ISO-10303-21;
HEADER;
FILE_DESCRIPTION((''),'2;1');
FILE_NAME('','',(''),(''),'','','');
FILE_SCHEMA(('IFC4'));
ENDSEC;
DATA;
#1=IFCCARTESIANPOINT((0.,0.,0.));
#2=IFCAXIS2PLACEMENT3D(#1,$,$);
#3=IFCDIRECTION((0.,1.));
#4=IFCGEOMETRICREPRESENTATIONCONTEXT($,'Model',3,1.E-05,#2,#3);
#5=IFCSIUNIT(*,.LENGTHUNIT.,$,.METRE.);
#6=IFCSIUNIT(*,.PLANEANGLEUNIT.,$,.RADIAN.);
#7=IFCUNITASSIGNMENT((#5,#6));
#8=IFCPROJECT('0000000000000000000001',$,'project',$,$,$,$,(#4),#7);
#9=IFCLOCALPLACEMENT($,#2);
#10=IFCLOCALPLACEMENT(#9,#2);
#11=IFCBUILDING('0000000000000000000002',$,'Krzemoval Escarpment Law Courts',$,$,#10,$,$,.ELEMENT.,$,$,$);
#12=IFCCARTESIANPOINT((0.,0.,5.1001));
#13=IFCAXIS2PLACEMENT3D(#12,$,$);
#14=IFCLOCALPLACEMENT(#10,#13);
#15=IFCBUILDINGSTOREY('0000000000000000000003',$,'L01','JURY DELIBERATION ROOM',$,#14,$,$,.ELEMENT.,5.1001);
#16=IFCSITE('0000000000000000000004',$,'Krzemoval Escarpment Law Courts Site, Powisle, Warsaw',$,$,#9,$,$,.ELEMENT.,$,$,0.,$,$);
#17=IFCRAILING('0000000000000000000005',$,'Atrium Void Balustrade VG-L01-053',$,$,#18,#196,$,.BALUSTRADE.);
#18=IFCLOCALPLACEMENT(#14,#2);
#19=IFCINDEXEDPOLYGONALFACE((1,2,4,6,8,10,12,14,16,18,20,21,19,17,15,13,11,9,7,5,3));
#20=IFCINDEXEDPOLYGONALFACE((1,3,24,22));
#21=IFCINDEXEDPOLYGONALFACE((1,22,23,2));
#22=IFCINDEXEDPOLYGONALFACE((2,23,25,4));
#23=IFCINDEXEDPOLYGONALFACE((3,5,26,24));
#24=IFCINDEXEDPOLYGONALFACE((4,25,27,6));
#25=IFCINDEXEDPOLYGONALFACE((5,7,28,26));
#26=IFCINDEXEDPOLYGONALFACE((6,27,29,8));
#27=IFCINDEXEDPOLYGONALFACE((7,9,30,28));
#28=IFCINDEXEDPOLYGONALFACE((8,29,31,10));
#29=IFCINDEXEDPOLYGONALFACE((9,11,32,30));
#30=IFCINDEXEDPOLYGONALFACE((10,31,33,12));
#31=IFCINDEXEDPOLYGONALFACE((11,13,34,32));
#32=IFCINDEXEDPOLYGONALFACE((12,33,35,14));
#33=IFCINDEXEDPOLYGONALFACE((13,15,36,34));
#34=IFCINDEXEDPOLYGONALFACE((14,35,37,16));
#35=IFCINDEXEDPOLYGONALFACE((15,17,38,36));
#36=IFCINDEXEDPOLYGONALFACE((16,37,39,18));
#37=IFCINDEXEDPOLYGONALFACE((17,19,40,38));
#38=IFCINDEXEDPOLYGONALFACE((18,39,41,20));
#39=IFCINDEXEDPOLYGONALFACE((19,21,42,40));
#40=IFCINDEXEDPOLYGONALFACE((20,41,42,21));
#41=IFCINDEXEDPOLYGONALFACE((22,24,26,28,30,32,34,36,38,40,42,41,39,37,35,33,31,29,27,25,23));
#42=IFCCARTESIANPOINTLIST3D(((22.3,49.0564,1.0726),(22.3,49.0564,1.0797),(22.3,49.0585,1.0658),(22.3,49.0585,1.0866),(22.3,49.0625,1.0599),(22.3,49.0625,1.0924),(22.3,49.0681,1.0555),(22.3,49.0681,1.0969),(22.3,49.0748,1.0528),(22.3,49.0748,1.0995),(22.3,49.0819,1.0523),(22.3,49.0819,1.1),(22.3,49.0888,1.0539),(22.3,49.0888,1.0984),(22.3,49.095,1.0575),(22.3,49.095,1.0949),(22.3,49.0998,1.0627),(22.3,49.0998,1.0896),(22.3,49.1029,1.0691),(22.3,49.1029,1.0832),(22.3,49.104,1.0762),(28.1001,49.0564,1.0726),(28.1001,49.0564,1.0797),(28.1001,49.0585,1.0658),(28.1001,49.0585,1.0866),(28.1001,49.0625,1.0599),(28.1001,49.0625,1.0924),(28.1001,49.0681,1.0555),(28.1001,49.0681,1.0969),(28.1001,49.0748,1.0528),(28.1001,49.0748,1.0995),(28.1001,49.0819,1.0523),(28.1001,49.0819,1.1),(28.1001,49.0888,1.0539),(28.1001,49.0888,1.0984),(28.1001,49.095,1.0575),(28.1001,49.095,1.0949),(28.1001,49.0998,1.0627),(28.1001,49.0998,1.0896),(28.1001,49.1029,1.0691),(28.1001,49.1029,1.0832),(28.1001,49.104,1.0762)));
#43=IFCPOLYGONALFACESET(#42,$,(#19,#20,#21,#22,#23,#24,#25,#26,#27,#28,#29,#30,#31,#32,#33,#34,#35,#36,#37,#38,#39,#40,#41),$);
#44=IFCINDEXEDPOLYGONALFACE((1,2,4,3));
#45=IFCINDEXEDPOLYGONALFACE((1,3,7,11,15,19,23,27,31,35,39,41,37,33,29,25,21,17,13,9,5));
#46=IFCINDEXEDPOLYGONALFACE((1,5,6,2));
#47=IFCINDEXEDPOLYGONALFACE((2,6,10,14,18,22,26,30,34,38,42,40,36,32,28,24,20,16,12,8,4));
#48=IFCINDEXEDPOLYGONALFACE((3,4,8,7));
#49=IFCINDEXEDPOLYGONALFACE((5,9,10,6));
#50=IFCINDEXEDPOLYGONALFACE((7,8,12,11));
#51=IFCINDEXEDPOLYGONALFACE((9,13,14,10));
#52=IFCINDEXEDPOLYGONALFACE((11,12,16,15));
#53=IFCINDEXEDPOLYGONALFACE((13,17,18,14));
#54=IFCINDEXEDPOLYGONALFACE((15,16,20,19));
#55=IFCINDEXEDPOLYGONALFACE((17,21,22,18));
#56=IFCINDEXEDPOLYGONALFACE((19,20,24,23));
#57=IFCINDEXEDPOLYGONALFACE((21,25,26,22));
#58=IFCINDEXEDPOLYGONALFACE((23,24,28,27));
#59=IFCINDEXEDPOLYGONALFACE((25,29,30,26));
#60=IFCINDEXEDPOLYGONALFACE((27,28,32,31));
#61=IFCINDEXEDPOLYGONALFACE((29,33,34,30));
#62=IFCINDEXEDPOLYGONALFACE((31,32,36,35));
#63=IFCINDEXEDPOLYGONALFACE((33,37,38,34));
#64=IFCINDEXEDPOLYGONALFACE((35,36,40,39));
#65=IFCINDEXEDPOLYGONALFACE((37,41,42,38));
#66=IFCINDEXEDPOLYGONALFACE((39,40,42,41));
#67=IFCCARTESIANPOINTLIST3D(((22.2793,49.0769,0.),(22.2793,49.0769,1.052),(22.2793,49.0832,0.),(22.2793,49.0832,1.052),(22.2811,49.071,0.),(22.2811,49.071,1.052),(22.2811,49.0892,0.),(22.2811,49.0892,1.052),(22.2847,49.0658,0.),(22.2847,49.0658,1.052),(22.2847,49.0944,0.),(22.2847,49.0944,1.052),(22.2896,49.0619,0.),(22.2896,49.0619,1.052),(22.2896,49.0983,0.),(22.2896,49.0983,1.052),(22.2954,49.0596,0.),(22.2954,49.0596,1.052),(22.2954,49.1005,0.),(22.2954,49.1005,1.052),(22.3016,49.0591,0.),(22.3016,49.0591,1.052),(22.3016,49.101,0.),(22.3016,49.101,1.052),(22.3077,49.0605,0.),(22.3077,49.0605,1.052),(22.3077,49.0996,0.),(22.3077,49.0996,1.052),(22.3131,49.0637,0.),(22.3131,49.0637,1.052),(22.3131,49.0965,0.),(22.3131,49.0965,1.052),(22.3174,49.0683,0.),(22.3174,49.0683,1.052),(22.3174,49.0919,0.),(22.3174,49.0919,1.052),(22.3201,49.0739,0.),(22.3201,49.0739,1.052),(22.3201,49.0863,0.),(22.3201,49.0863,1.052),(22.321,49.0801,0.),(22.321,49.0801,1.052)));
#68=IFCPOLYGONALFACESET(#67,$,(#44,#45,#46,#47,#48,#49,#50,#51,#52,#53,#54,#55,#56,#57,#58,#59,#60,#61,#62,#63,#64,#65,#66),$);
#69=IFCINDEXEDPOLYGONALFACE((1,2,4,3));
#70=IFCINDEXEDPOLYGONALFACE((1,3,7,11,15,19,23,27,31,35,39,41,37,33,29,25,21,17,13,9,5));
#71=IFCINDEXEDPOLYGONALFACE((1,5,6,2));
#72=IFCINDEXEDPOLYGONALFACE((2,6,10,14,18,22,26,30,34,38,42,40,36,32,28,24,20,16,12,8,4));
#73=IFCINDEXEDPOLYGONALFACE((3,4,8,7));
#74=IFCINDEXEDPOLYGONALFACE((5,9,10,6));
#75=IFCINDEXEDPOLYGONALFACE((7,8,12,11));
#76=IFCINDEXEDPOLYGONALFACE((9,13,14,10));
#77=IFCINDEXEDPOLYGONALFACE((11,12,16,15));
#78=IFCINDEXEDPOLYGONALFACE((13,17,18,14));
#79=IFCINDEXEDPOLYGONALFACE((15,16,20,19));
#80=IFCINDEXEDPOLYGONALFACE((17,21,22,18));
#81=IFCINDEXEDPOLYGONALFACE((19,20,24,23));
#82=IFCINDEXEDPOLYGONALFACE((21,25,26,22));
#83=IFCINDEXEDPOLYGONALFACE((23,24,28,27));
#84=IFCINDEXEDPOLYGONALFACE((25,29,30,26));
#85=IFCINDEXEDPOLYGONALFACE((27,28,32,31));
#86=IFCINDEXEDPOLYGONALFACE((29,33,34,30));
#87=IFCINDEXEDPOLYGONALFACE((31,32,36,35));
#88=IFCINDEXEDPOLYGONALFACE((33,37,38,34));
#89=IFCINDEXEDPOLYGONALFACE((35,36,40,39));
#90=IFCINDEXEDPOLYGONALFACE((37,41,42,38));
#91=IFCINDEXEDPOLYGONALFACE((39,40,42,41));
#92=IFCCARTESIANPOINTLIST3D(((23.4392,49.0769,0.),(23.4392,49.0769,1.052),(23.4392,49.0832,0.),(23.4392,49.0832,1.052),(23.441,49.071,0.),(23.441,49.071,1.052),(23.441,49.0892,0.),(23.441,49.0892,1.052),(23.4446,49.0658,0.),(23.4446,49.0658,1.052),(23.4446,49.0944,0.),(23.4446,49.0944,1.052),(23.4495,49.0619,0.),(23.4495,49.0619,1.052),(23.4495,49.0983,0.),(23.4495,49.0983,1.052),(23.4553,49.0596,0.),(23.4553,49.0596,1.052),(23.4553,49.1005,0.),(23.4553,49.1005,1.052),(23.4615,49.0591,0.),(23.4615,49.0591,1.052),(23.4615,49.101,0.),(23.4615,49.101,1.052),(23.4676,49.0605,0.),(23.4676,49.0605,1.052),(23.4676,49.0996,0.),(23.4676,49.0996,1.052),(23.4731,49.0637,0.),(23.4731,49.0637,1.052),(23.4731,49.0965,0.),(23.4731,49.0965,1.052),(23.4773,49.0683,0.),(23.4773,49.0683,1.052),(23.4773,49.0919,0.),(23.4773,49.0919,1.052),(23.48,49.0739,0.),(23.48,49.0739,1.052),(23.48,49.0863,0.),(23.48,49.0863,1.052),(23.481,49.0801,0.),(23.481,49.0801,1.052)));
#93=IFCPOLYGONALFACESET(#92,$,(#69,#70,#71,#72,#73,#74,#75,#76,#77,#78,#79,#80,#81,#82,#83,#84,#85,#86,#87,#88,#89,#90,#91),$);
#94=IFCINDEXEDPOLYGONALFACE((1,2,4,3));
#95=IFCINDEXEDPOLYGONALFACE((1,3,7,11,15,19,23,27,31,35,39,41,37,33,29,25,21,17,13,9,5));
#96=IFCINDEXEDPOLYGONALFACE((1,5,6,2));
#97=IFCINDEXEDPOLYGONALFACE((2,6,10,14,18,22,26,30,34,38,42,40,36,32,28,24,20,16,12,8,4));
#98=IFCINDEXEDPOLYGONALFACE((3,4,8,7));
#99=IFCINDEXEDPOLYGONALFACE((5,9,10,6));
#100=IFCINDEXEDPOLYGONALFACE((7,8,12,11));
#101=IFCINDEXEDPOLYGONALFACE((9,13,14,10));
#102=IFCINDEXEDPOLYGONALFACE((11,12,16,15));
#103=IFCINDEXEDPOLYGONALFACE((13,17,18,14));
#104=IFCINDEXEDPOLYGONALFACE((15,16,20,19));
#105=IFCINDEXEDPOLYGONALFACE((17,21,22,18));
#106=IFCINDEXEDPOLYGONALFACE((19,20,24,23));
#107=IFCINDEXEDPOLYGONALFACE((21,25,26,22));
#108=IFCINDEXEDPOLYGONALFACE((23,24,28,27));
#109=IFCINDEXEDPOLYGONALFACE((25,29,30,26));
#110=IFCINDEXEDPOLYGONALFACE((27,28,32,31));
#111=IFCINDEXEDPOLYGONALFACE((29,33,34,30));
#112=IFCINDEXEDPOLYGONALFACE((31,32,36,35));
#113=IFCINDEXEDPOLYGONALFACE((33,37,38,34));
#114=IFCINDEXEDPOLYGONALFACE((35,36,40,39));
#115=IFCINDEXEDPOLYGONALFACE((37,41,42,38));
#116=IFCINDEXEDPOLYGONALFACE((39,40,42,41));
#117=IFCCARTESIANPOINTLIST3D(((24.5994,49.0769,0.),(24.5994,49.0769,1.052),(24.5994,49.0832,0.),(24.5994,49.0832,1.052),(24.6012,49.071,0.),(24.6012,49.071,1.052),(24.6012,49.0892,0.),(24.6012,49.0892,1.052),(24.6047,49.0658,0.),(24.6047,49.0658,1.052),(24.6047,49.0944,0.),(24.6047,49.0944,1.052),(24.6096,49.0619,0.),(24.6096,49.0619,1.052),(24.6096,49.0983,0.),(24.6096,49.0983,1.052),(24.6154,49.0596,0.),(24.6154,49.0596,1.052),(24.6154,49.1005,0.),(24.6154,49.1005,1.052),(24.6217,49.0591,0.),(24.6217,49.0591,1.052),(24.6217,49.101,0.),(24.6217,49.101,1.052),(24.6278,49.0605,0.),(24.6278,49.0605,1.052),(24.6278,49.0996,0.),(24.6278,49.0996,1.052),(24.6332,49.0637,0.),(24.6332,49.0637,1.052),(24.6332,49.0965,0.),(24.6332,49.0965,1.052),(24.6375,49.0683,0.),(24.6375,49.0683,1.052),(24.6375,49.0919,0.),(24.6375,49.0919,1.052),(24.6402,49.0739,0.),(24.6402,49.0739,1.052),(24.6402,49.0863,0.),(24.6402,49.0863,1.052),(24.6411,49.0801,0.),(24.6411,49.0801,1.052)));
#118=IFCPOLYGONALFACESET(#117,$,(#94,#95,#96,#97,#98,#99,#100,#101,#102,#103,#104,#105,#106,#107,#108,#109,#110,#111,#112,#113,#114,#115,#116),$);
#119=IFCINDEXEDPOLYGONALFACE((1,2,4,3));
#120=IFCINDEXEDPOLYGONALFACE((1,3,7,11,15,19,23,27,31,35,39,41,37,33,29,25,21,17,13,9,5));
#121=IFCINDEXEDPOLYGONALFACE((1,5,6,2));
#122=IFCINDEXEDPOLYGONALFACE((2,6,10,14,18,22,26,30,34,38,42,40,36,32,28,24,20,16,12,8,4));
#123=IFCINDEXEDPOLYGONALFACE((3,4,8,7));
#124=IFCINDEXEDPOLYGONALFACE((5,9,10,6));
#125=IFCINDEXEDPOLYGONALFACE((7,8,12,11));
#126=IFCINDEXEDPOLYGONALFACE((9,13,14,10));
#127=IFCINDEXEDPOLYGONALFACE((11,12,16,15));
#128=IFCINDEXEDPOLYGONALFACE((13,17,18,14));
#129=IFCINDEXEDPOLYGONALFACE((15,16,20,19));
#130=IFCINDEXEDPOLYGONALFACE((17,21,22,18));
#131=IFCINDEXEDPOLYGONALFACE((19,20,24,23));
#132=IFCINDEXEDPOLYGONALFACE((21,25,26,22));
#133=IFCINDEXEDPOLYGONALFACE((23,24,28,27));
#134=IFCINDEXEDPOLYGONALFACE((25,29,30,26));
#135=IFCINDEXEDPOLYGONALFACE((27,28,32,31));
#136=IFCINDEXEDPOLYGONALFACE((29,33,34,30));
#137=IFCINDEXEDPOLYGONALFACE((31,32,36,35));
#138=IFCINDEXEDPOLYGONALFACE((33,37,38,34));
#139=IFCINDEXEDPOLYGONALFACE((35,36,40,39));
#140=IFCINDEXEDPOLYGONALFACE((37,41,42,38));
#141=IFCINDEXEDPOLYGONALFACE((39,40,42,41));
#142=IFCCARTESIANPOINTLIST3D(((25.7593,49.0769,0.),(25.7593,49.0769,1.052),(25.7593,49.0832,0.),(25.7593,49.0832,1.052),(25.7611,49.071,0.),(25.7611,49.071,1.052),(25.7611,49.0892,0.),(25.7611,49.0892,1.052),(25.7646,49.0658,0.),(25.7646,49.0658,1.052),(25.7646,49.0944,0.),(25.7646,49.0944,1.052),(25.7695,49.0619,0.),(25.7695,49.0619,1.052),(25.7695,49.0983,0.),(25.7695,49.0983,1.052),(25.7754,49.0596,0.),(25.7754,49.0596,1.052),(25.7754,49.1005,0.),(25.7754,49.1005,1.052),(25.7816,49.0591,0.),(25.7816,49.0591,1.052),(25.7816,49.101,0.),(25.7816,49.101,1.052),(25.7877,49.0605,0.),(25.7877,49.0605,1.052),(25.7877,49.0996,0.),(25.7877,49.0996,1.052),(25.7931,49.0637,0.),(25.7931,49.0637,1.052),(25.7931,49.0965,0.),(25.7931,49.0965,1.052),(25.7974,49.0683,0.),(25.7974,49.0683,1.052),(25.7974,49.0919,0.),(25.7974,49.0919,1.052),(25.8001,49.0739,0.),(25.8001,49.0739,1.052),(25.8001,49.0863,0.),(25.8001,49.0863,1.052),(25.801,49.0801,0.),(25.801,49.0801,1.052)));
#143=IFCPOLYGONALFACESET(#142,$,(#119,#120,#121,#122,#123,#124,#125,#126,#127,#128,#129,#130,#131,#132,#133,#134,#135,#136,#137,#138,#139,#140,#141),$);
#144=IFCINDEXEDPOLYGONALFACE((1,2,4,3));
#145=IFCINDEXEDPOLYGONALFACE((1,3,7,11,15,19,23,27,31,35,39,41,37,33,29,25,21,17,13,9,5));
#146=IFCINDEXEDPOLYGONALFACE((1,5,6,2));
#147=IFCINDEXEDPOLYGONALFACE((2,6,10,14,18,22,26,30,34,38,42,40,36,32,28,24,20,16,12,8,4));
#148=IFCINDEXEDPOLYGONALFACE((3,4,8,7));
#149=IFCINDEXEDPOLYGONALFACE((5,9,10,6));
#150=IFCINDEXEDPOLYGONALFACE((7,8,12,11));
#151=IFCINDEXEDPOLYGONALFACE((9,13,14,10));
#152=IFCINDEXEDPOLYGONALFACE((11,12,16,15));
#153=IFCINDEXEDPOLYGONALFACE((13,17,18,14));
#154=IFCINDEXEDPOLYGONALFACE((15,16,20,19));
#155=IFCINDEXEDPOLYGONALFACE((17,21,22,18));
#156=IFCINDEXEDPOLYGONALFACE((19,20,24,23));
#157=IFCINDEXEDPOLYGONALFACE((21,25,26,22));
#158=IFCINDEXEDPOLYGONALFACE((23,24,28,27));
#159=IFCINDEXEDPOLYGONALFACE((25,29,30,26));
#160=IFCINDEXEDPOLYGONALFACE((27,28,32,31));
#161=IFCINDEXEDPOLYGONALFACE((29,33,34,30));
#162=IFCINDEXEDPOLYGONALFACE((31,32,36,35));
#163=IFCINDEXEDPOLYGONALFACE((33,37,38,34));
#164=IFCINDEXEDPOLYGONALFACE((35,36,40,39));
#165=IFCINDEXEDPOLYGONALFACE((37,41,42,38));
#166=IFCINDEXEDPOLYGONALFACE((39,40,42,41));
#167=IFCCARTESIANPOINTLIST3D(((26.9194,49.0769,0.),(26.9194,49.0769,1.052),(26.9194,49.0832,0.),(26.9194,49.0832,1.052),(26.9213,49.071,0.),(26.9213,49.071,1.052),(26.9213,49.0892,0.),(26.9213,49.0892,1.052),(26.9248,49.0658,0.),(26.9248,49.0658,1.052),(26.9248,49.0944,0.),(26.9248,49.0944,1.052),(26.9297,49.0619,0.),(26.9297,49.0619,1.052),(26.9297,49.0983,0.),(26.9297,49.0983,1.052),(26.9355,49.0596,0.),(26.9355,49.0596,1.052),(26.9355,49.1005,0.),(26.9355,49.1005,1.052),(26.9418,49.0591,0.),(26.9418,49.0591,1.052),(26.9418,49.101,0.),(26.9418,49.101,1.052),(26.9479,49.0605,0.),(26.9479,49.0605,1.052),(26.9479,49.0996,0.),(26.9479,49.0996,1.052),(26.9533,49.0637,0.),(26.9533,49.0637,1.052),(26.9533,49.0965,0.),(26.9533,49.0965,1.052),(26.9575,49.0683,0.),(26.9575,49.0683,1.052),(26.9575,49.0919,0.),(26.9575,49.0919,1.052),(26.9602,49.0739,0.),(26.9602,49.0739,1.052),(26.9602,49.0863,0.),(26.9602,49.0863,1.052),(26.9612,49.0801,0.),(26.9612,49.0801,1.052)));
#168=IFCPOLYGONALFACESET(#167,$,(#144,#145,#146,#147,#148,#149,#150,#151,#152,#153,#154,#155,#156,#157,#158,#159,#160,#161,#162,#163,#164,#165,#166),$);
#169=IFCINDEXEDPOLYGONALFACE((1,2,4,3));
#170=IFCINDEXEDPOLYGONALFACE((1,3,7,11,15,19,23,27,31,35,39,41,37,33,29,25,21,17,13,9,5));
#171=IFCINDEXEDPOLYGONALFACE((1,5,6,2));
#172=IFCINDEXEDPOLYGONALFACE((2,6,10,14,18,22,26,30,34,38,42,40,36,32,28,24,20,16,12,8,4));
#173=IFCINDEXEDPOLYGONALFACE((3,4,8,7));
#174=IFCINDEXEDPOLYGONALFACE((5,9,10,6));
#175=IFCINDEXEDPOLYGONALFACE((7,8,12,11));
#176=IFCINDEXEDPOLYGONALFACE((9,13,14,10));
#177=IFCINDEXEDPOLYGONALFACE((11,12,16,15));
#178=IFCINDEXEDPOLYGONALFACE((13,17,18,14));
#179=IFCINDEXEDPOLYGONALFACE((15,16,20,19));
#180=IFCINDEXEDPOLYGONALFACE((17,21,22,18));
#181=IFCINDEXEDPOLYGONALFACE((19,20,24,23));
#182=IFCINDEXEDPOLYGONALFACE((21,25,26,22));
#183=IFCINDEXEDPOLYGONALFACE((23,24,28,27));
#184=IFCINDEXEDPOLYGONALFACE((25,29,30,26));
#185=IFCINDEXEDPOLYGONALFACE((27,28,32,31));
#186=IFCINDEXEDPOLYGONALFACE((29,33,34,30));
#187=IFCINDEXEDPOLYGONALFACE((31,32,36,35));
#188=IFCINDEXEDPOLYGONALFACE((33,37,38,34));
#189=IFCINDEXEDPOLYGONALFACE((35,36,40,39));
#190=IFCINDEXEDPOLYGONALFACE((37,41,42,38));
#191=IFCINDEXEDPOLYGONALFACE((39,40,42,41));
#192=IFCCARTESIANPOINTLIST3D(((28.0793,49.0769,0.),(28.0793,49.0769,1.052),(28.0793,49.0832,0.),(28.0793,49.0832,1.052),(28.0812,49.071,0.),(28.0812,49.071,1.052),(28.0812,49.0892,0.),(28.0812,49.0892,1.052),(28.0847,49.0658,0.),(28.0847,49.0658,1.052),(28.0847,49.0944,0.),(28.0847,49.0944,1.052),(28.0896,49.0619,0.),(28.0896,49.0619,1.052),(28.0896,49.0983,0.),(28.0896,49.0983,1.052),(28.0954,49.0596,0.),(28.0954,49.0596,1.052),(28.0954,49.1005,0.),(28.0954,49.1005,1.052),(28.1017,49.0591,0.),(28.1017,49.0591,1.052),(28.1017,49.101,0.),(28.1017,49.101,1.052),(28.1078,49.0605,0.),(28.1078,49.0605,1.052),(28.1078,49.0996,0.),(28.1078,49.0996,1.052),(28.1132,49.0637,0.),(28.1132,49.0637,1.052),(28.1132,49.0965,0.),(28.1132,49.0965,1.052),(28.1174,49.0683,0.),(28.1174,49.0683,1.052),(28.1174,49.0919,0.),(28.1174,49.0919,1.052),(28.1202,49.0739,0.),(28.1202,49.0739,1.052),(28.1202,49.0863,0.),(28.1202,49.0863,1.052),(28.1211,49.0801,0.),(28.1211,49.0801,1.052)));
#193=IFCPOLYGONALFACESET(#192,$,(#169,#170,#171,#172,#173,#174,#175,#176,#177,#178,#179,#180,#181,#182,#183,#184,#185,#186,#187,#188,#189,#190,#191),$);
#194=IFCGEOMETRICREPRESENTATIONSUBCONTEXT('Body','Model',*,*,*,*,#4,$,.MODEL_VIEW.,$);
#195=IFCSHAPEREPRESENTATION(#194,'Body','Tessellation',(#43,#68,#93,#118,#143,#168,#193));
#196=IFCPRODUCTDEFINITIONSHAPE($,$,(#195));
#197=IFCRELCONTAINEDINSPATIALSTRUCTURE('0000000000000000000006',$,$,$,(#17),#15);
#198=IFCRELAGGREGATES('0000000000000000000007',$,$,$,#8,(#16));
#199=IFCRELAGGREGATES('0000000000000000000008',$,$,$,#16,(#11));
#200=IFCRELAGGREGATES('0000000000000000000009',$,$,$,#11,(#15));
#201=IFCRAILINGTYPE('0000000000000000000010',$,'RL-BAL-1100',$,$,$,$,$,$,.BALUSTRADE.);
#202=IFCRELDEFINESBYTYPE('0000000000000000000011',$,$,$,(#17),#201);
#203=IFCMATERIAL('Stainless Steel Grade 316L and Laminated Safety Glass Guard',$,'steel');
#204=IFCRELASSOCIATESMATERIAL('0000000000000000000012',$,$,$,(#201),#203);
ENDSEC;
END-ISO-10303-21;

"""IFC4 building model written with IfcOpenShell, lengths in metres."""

from ifc_helpers import new_model, si_unit, direction, frame, origin, origin_2d, place, context, subcontext, project, spatial, circle, extrude, material, type_object, element, save


model = new_model("IFC4")

# Units and contexts
model_context = context("Model", 3, precision=1e-05, world=origin(), true_north=direction((0.0, 1.0)))
body_context = subcontext(model_context, "Body", "Model", "MODEL_VIEW")
ifc_project = project(units=[si_unit("LENGTHUNIT", "METRE"), si_unit("PLANEANGLEUNIT", "RADIAN")], contexts=[model_context])

# Site, building, storey
site_placement = place(None, origin())
site = spatial("IfcSite", under=ifc_project, at=site_placement, Name="Krzemoval Escarpment Law Courts Site, Powisle, Warsaw", CompositionType="ELEMENT", RefElevation=0.0)
building_placement = place(site_placement, origin())
building = spatial("IfcBuilding", under=site, at=building_placement, Name="Krzemoval Escarpment Law Courts", CompositionType="ELEMENT")
storey_placement = place(building_placement, frame((0.0, 0.0, 5.1001)))
storey = spatial("IfcBuildingStorey", under=building, at=storey_placement, Name="L01", Description="JURY DELIBERATION ROOM", CompositionType="ELEMENT", Elevation=5.1001)

# Railing
ifc_material_1 = material(Name="Stainless Steel Grade 316L and Laminated Safety Glass Guard", Category="steel")
railing_type_1 = type_object("IfcRailingType", Name="RL-BAL-1100", PredefinedType="BALUSTRADE", material=ifc_material_1)
railing_1_placement = place(storey_placement, frame((22.3, 49.0801, 0.0)))
element("IfcRailing", 1, at=railing_1_placement, inside=storey, type_object=railing_type_1, Name="Atrium Void Balustrade VG-L01-053", PredefinedType="BALUSTRADE", context=body_context, shape_type="SweptSolid", body=[
    extrude(circle(Radius=0.0239, at=origin_2d()), frame((0.0, 0.0, 1.0762), z_axis=(1.0, 0.0, 0.0), x_axis=(0.0, 1.0, 0.0)), (0.0, 0.0, 1.0), 5.8),
    extrude(circle(Radius=0.021, at=origin_2d()), origin(), (0.0, 0.0, 1.0), 1.052),
    extrude(circle(Radius=0.021, at=origin_2d()), frame((1.1599, 0.0, 0.0)), (0.0, 0.0, 1.0), 1.052),
    extrude(circle(Radius=0.021, at=origin_2d()), frame((2.3201, 0.0, 0.0)), (0.0, 0.0, 1.0), 1.052),
    extrude(circle(Radius=0.021, at=origin_2d()), frame((3.48, 0.0, 0.0)), (0.0, 0.0, 1.0), 1.052),
    extrude(circle(Radius=0.021, at=origin_2d()), frame((4.6401, 0.0, 0.0)), (0.0, 0.0, 1.0), 1.052),
    extrude(circle(Radius=0.021, at=origin_2d()), frame((5.8, 0.0, 0.0)), (0.0, 0.0, 1.0), 1.052),
])

save(model, "model.ifc")
